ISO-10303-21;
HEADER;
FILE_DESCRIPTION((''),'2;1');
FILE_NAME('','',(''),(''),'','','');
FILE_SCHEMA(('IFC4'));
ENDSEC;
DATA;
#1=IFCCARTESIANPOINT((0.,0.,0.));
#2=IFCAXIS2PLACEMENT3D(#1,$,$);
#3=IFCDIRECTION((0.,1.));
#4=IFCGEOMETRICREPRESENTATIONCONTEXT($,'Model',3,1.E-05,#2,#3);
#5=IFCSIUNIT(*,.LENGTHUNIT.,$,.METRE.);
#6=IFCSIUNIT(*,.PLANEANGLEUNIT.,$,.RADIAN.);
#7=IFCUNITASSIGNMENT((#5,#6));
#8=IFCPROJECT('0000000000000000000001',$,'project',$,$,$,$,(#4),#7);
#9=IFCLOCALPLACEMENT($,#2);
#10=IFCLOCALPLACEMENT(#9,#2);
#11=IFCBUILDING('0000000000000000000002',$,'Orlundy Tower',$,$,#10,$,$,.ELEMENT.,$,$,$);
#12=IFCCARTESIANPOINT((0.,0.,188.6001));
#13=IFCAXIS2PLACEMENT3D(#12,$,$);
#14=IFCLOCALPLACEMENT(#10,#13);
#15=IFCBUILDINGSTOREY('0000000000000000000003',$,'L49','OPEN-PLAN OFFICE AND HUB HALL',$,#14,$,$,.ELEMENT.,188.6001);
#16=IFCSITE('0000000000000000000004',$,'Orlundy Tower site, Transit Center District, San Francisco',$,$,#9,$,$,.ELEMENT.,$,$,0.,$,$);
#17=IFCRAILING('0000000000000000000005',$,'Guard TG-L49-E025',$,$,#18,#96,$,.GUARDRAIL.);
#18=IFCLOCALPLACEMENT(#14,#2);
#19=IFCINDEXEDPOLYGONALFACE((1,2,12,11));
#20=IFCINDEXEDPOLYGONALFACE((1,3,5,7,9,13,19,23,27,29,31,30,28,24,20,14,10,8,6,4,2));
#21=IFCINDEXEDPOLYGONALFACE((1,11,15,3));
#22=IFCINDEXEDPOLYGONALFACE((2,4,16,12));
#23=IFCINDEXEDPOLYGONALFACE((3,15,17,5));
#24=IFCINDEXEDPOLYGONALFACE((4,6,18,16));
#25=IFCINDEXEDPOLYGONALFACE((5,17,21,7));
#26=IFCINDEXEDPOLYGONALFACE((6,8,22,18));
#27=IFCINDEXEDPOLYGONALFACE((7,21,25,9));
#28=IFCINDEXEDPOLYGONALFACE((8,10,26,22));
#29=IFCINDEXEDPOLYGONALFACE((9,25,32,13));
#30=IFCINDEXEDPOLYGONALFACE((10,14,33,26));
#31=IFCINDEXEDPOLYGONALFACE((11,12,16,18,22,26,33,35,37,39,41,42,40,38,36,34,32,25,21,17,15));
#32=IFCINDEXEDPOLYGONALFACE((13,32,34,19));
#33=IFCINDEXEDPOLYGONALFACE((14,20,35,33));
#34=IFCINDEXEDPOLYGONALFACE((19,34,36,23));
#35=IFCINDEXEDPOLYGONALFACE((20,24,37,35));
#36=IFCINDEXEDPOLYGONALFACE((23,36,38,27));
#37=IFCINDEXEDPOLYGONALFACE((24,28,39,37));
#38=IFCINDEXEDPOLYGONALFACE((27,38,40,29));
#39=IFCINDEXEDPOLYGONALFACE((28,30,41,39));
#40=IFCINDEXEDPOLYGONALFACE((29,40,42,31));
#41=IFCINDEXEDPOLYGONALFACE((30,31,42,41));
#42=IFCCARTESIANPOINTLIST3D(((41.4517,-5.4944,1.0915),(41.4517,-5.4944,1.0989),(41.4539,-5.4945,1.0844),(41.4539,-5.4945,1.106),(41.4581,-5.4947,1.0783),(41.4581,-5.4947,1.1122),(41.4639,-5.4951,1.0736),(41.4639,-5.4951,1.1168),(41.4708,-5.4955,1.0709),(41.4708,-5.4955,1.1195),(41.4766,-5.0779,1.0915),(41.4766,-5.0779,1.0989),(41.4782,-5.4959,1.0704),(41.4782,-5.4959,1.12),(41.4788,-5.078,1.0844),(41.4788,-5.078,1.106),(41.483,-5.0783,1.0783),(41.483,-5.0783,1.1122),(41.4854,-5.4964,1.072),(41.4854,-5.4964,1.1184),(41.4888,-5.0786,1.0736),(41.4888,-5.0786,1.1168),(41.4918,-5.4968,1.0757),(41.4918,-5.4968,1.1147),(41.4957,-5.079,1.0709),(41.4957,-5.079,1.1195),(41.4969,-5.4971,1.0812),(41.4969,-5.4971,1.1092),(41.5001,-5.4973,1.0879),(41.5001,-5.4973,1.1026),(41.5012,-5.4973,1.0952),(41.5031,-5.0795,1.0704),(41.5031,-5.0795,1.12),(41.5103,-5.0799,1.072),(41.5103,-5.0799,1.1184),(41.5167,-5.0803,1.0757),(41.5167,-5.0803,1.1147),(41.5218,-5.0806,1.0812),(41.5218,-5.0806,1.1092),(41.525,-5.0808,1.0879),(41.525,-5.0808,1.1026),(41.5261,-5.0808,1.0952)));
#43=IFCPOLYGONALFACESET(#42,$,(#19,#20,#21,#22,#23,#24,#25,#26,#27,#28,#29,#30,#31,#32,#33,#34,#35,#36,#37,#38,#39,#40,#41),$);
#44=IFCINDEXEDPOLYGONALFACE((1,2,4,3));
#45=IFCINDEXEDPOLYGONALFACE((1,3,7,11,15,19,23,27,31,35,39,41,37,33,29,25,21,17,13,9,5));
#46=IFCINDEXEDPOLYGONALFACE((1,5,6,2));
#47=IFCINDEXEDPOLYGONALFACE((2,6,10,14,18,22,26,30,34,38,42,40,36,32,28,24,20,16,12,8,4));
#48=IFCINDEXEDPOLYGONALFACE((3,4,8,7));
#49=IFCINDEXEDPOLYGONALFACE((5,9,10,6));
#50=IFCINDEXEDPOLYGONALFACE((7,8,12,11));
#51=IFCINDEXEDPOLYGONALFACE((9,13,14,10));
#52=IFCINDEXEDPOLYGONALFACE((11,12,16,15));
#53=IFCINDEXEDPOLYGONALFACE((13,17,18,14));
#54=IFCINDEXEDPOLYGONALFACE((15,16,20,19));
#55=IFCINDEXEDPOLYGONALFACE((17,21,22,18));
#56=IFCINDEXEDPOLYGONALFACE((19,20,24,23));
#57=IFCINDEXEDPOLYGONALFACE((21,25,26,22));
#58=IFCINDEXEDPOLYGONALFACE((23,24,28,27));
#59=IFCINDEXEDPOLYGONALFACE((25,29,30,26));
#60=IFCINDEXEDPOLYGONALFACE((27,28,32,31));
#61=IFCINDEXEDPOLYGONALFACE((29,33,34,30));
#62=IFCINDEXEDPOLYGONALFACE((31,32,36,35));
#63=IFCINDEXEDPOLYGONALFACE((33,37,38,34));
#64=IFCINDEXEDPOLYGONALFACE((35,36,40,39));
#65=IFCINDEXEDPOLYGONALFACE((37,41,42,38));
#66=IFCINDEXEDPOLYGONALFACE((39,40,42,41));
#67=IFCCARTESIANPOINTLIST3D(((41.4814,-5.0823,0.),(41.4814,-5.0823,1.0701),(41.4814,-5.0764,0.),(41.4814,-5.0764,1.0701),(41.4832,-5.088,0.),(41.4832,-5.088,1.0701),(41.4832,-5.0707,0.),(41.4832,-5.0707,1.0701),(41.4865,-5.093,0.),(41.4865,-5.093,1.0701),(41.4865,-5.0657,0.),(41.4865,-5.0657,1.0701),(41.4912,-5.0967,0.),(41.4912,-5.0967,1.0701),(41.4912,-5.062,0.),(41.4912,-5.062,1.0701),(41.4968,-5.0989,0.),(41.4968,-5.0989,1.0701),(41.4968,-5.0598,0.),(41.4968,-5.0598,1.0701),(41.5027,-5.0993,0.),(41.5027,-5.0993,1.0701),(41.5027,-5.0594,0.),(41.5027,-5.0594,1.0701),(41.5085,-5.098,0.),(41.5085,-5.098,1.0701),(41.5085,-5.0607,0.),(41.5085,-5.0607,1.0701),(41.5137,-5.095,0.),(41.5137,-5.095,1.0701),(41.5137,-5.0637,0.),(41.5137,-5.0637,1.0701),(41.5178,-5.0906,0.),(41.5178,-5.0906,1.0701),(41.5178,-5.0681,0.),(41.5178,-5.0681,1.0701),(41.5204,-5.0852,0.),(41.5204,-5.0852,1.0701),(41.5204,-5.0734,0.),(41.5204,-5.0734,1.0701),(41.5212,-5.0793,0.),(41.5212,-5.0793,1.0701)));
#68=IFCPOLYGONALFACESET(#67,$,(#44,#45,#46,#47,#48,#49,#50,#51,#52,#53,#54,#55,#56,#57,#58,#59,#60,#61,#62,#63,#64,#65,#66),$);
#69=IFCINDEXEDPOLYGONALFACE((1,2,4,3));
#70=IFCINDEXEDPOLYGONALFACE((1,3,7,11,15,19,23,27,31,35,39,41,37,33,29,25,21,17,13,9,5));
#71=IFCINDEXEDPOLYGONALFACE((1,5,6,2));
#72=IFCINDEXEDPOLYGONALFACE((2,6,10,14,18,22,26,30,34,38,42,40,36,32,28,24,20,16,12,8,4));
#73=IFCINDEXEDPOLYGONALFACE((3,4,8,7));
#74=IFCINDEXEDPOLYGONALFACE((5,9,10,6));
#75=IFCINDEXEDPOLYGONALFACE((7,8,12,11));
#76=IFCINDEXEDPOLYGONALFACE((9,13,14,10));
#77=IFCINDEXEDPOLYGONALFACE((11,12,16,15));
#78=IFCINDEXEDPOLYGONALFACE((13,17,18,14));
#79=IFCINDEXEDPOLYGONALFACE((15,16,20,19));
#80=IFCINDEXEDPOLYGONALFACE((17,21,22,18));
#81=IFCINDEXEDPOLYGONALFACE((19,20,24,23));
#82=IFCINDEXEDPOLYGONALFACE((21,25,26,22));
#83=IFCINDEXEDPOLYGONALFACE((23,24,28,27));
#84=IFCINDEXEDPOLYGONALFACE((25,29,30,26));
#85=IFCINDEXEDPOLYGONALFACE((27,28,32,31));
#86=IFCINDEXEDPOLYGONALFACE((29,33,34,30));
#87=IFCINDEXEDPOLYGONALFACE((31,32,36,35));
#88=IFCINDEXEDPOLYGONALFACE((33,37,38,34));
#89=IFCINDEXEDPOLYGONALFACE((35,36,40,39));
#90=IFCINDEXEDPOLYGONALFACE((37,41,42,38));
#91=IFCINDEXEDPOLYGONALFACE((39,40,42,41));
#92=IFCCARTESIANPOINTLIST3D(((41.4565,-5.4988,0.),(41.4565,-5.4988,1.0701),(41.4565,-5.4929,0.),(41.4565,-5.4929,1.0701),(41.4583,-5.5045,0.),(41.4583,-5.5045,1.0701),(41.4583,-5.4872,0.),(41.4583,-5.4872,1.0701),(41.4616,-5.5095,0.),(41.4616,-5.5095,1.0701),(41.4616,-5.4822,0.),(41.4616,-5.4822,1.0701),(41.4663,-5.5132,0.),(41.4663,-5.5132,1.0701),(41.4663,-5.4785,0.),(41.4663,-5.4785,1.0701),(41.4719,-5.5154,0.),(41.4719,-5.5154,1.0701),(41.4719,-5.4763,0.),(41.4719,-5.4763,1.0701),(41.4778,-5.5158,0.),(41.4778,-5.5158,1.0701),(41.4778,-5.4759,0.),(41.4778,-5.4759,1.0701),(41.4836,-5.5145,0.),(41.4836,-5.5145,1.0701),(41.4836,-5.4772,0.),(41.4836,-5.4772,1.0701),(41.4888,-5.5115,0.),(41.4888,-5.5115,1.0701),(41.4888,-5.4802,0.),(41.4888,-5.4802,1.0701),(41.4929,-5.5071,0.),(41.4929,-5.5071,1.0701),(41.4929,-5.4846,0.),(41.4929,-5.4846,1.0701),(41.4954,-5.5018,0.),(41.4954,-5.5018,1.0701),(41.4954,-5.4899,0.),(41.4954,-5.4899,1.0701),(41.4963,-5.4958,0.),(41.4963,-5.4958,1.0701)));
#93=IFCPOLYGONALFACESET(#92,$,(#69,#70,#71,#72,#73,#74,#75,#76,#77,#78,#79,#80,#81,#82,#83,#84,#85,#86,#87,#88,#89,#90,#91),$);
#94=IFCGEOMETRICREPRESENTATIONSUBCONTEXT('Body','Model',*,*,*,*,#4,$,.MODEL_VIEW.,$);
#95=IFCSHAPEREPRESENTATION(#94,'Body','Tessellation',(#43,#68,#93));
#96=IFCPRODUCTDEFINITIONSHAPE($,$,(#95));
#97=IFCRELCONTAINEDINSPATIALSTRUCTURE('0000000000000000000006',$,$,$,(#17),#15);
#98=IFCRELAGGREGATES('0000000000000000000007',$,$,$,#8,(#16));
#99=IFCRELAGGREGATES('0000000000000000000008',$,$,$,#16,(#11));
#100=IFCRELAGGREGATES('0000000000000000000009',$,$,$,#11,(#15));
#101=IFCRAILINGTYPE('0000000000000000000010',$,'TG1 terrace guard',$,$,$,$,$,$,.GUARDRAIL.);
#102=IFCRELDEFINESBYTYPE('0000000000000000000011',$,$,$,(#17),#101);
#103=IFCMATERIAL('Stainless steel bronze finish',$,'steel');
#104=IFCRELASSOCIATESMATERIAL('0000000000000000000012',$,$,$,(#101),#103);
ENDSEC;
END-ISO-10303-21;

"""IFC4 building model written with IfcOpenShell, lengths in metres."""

from ifc_helpers import new_model, si_unit, direction, frame, origin, origin_2d, place, context, subcontext, project, spatial, circle, extrude, material, type_object, element, save


model = new_model("IFC4")

# Units and contexts
model_context = context("Model", 3, precision=1e-05, world=origin(), true_north=direction((0.0, 1.0)))
body_context = subcontext(model_context, "Body", "Model", "MODEL_VIEW")
ifc_project = project(units=[si_unit("LENGTHUNIT", "METRE"), si_unit("PLANEANGLEUNIT", "RADIAN")], contexts=[model_context])

# Site, building, storey
site_placement = place(None, origin())
site = spatial("IfcSite", under=ifc_project, at=site_placement, Name="Orlundy Tower site, Transit Center District, San Francisco", CompositionType="ELEMENT", RefElevation=0.0)
building_placement = place(site_placement, origin())
building = spatial("IfcBuilding", under=site, at=building_placement, Name="Orlundy Tower", CompositionType="ELEMENT")
storey_placement = place(building_placement, frame((0.0, 0.0, 188.6001)))
storey = spatial("IfcBuildingStorey", under=building, at=storey_placement, Name="L49", Description="OPEN-PLAN OFFICE AND HUB HALL", CompositionType="ELEMENT", Elevation=188.6001)

# Railing
ifc_material_1 = material(Name="Stainless steel bronze finish", Category="steel")
railing_type = type_object("IfcRailingType", Name="TG1 terrace guard", PredefinedType="GUARDRAIL", material=ifc_material_1)
railing_1_placement = place(storey_placement, frame((41.5012, -5.0793, 0.0)))
element("IfcRailing", 1, at=railing_1_placement, inside=storey, type_object=railing_type, Name="Guard TG-L49-E025", PredefinedType="GUARDRAIL", context=body_context, shape_type="SweptSolid", body=[
    extrude(circle(Radius=0.0249, at=origin_2d()), frame((0.0, 0.0, 1.0952), z_axis=(-0.059682, -0.998217, 0.0), x_axis=(0.998217, -0.059682, 0.0)), (0.0, 0.0, 1.0), 0.4172),
    extrude(circle(Radius=0.02, at=origin_2d()), origin(), (0.0, 0.0, 1.0), 1.0701),
    extrude(circle(Radius=0.02, at=origin_2d()), frame((-0.0249, -0.4165, 0.0)), (0.0, 0.0, 1.0), 1.0701),
])

save(model, "model.ifc")
